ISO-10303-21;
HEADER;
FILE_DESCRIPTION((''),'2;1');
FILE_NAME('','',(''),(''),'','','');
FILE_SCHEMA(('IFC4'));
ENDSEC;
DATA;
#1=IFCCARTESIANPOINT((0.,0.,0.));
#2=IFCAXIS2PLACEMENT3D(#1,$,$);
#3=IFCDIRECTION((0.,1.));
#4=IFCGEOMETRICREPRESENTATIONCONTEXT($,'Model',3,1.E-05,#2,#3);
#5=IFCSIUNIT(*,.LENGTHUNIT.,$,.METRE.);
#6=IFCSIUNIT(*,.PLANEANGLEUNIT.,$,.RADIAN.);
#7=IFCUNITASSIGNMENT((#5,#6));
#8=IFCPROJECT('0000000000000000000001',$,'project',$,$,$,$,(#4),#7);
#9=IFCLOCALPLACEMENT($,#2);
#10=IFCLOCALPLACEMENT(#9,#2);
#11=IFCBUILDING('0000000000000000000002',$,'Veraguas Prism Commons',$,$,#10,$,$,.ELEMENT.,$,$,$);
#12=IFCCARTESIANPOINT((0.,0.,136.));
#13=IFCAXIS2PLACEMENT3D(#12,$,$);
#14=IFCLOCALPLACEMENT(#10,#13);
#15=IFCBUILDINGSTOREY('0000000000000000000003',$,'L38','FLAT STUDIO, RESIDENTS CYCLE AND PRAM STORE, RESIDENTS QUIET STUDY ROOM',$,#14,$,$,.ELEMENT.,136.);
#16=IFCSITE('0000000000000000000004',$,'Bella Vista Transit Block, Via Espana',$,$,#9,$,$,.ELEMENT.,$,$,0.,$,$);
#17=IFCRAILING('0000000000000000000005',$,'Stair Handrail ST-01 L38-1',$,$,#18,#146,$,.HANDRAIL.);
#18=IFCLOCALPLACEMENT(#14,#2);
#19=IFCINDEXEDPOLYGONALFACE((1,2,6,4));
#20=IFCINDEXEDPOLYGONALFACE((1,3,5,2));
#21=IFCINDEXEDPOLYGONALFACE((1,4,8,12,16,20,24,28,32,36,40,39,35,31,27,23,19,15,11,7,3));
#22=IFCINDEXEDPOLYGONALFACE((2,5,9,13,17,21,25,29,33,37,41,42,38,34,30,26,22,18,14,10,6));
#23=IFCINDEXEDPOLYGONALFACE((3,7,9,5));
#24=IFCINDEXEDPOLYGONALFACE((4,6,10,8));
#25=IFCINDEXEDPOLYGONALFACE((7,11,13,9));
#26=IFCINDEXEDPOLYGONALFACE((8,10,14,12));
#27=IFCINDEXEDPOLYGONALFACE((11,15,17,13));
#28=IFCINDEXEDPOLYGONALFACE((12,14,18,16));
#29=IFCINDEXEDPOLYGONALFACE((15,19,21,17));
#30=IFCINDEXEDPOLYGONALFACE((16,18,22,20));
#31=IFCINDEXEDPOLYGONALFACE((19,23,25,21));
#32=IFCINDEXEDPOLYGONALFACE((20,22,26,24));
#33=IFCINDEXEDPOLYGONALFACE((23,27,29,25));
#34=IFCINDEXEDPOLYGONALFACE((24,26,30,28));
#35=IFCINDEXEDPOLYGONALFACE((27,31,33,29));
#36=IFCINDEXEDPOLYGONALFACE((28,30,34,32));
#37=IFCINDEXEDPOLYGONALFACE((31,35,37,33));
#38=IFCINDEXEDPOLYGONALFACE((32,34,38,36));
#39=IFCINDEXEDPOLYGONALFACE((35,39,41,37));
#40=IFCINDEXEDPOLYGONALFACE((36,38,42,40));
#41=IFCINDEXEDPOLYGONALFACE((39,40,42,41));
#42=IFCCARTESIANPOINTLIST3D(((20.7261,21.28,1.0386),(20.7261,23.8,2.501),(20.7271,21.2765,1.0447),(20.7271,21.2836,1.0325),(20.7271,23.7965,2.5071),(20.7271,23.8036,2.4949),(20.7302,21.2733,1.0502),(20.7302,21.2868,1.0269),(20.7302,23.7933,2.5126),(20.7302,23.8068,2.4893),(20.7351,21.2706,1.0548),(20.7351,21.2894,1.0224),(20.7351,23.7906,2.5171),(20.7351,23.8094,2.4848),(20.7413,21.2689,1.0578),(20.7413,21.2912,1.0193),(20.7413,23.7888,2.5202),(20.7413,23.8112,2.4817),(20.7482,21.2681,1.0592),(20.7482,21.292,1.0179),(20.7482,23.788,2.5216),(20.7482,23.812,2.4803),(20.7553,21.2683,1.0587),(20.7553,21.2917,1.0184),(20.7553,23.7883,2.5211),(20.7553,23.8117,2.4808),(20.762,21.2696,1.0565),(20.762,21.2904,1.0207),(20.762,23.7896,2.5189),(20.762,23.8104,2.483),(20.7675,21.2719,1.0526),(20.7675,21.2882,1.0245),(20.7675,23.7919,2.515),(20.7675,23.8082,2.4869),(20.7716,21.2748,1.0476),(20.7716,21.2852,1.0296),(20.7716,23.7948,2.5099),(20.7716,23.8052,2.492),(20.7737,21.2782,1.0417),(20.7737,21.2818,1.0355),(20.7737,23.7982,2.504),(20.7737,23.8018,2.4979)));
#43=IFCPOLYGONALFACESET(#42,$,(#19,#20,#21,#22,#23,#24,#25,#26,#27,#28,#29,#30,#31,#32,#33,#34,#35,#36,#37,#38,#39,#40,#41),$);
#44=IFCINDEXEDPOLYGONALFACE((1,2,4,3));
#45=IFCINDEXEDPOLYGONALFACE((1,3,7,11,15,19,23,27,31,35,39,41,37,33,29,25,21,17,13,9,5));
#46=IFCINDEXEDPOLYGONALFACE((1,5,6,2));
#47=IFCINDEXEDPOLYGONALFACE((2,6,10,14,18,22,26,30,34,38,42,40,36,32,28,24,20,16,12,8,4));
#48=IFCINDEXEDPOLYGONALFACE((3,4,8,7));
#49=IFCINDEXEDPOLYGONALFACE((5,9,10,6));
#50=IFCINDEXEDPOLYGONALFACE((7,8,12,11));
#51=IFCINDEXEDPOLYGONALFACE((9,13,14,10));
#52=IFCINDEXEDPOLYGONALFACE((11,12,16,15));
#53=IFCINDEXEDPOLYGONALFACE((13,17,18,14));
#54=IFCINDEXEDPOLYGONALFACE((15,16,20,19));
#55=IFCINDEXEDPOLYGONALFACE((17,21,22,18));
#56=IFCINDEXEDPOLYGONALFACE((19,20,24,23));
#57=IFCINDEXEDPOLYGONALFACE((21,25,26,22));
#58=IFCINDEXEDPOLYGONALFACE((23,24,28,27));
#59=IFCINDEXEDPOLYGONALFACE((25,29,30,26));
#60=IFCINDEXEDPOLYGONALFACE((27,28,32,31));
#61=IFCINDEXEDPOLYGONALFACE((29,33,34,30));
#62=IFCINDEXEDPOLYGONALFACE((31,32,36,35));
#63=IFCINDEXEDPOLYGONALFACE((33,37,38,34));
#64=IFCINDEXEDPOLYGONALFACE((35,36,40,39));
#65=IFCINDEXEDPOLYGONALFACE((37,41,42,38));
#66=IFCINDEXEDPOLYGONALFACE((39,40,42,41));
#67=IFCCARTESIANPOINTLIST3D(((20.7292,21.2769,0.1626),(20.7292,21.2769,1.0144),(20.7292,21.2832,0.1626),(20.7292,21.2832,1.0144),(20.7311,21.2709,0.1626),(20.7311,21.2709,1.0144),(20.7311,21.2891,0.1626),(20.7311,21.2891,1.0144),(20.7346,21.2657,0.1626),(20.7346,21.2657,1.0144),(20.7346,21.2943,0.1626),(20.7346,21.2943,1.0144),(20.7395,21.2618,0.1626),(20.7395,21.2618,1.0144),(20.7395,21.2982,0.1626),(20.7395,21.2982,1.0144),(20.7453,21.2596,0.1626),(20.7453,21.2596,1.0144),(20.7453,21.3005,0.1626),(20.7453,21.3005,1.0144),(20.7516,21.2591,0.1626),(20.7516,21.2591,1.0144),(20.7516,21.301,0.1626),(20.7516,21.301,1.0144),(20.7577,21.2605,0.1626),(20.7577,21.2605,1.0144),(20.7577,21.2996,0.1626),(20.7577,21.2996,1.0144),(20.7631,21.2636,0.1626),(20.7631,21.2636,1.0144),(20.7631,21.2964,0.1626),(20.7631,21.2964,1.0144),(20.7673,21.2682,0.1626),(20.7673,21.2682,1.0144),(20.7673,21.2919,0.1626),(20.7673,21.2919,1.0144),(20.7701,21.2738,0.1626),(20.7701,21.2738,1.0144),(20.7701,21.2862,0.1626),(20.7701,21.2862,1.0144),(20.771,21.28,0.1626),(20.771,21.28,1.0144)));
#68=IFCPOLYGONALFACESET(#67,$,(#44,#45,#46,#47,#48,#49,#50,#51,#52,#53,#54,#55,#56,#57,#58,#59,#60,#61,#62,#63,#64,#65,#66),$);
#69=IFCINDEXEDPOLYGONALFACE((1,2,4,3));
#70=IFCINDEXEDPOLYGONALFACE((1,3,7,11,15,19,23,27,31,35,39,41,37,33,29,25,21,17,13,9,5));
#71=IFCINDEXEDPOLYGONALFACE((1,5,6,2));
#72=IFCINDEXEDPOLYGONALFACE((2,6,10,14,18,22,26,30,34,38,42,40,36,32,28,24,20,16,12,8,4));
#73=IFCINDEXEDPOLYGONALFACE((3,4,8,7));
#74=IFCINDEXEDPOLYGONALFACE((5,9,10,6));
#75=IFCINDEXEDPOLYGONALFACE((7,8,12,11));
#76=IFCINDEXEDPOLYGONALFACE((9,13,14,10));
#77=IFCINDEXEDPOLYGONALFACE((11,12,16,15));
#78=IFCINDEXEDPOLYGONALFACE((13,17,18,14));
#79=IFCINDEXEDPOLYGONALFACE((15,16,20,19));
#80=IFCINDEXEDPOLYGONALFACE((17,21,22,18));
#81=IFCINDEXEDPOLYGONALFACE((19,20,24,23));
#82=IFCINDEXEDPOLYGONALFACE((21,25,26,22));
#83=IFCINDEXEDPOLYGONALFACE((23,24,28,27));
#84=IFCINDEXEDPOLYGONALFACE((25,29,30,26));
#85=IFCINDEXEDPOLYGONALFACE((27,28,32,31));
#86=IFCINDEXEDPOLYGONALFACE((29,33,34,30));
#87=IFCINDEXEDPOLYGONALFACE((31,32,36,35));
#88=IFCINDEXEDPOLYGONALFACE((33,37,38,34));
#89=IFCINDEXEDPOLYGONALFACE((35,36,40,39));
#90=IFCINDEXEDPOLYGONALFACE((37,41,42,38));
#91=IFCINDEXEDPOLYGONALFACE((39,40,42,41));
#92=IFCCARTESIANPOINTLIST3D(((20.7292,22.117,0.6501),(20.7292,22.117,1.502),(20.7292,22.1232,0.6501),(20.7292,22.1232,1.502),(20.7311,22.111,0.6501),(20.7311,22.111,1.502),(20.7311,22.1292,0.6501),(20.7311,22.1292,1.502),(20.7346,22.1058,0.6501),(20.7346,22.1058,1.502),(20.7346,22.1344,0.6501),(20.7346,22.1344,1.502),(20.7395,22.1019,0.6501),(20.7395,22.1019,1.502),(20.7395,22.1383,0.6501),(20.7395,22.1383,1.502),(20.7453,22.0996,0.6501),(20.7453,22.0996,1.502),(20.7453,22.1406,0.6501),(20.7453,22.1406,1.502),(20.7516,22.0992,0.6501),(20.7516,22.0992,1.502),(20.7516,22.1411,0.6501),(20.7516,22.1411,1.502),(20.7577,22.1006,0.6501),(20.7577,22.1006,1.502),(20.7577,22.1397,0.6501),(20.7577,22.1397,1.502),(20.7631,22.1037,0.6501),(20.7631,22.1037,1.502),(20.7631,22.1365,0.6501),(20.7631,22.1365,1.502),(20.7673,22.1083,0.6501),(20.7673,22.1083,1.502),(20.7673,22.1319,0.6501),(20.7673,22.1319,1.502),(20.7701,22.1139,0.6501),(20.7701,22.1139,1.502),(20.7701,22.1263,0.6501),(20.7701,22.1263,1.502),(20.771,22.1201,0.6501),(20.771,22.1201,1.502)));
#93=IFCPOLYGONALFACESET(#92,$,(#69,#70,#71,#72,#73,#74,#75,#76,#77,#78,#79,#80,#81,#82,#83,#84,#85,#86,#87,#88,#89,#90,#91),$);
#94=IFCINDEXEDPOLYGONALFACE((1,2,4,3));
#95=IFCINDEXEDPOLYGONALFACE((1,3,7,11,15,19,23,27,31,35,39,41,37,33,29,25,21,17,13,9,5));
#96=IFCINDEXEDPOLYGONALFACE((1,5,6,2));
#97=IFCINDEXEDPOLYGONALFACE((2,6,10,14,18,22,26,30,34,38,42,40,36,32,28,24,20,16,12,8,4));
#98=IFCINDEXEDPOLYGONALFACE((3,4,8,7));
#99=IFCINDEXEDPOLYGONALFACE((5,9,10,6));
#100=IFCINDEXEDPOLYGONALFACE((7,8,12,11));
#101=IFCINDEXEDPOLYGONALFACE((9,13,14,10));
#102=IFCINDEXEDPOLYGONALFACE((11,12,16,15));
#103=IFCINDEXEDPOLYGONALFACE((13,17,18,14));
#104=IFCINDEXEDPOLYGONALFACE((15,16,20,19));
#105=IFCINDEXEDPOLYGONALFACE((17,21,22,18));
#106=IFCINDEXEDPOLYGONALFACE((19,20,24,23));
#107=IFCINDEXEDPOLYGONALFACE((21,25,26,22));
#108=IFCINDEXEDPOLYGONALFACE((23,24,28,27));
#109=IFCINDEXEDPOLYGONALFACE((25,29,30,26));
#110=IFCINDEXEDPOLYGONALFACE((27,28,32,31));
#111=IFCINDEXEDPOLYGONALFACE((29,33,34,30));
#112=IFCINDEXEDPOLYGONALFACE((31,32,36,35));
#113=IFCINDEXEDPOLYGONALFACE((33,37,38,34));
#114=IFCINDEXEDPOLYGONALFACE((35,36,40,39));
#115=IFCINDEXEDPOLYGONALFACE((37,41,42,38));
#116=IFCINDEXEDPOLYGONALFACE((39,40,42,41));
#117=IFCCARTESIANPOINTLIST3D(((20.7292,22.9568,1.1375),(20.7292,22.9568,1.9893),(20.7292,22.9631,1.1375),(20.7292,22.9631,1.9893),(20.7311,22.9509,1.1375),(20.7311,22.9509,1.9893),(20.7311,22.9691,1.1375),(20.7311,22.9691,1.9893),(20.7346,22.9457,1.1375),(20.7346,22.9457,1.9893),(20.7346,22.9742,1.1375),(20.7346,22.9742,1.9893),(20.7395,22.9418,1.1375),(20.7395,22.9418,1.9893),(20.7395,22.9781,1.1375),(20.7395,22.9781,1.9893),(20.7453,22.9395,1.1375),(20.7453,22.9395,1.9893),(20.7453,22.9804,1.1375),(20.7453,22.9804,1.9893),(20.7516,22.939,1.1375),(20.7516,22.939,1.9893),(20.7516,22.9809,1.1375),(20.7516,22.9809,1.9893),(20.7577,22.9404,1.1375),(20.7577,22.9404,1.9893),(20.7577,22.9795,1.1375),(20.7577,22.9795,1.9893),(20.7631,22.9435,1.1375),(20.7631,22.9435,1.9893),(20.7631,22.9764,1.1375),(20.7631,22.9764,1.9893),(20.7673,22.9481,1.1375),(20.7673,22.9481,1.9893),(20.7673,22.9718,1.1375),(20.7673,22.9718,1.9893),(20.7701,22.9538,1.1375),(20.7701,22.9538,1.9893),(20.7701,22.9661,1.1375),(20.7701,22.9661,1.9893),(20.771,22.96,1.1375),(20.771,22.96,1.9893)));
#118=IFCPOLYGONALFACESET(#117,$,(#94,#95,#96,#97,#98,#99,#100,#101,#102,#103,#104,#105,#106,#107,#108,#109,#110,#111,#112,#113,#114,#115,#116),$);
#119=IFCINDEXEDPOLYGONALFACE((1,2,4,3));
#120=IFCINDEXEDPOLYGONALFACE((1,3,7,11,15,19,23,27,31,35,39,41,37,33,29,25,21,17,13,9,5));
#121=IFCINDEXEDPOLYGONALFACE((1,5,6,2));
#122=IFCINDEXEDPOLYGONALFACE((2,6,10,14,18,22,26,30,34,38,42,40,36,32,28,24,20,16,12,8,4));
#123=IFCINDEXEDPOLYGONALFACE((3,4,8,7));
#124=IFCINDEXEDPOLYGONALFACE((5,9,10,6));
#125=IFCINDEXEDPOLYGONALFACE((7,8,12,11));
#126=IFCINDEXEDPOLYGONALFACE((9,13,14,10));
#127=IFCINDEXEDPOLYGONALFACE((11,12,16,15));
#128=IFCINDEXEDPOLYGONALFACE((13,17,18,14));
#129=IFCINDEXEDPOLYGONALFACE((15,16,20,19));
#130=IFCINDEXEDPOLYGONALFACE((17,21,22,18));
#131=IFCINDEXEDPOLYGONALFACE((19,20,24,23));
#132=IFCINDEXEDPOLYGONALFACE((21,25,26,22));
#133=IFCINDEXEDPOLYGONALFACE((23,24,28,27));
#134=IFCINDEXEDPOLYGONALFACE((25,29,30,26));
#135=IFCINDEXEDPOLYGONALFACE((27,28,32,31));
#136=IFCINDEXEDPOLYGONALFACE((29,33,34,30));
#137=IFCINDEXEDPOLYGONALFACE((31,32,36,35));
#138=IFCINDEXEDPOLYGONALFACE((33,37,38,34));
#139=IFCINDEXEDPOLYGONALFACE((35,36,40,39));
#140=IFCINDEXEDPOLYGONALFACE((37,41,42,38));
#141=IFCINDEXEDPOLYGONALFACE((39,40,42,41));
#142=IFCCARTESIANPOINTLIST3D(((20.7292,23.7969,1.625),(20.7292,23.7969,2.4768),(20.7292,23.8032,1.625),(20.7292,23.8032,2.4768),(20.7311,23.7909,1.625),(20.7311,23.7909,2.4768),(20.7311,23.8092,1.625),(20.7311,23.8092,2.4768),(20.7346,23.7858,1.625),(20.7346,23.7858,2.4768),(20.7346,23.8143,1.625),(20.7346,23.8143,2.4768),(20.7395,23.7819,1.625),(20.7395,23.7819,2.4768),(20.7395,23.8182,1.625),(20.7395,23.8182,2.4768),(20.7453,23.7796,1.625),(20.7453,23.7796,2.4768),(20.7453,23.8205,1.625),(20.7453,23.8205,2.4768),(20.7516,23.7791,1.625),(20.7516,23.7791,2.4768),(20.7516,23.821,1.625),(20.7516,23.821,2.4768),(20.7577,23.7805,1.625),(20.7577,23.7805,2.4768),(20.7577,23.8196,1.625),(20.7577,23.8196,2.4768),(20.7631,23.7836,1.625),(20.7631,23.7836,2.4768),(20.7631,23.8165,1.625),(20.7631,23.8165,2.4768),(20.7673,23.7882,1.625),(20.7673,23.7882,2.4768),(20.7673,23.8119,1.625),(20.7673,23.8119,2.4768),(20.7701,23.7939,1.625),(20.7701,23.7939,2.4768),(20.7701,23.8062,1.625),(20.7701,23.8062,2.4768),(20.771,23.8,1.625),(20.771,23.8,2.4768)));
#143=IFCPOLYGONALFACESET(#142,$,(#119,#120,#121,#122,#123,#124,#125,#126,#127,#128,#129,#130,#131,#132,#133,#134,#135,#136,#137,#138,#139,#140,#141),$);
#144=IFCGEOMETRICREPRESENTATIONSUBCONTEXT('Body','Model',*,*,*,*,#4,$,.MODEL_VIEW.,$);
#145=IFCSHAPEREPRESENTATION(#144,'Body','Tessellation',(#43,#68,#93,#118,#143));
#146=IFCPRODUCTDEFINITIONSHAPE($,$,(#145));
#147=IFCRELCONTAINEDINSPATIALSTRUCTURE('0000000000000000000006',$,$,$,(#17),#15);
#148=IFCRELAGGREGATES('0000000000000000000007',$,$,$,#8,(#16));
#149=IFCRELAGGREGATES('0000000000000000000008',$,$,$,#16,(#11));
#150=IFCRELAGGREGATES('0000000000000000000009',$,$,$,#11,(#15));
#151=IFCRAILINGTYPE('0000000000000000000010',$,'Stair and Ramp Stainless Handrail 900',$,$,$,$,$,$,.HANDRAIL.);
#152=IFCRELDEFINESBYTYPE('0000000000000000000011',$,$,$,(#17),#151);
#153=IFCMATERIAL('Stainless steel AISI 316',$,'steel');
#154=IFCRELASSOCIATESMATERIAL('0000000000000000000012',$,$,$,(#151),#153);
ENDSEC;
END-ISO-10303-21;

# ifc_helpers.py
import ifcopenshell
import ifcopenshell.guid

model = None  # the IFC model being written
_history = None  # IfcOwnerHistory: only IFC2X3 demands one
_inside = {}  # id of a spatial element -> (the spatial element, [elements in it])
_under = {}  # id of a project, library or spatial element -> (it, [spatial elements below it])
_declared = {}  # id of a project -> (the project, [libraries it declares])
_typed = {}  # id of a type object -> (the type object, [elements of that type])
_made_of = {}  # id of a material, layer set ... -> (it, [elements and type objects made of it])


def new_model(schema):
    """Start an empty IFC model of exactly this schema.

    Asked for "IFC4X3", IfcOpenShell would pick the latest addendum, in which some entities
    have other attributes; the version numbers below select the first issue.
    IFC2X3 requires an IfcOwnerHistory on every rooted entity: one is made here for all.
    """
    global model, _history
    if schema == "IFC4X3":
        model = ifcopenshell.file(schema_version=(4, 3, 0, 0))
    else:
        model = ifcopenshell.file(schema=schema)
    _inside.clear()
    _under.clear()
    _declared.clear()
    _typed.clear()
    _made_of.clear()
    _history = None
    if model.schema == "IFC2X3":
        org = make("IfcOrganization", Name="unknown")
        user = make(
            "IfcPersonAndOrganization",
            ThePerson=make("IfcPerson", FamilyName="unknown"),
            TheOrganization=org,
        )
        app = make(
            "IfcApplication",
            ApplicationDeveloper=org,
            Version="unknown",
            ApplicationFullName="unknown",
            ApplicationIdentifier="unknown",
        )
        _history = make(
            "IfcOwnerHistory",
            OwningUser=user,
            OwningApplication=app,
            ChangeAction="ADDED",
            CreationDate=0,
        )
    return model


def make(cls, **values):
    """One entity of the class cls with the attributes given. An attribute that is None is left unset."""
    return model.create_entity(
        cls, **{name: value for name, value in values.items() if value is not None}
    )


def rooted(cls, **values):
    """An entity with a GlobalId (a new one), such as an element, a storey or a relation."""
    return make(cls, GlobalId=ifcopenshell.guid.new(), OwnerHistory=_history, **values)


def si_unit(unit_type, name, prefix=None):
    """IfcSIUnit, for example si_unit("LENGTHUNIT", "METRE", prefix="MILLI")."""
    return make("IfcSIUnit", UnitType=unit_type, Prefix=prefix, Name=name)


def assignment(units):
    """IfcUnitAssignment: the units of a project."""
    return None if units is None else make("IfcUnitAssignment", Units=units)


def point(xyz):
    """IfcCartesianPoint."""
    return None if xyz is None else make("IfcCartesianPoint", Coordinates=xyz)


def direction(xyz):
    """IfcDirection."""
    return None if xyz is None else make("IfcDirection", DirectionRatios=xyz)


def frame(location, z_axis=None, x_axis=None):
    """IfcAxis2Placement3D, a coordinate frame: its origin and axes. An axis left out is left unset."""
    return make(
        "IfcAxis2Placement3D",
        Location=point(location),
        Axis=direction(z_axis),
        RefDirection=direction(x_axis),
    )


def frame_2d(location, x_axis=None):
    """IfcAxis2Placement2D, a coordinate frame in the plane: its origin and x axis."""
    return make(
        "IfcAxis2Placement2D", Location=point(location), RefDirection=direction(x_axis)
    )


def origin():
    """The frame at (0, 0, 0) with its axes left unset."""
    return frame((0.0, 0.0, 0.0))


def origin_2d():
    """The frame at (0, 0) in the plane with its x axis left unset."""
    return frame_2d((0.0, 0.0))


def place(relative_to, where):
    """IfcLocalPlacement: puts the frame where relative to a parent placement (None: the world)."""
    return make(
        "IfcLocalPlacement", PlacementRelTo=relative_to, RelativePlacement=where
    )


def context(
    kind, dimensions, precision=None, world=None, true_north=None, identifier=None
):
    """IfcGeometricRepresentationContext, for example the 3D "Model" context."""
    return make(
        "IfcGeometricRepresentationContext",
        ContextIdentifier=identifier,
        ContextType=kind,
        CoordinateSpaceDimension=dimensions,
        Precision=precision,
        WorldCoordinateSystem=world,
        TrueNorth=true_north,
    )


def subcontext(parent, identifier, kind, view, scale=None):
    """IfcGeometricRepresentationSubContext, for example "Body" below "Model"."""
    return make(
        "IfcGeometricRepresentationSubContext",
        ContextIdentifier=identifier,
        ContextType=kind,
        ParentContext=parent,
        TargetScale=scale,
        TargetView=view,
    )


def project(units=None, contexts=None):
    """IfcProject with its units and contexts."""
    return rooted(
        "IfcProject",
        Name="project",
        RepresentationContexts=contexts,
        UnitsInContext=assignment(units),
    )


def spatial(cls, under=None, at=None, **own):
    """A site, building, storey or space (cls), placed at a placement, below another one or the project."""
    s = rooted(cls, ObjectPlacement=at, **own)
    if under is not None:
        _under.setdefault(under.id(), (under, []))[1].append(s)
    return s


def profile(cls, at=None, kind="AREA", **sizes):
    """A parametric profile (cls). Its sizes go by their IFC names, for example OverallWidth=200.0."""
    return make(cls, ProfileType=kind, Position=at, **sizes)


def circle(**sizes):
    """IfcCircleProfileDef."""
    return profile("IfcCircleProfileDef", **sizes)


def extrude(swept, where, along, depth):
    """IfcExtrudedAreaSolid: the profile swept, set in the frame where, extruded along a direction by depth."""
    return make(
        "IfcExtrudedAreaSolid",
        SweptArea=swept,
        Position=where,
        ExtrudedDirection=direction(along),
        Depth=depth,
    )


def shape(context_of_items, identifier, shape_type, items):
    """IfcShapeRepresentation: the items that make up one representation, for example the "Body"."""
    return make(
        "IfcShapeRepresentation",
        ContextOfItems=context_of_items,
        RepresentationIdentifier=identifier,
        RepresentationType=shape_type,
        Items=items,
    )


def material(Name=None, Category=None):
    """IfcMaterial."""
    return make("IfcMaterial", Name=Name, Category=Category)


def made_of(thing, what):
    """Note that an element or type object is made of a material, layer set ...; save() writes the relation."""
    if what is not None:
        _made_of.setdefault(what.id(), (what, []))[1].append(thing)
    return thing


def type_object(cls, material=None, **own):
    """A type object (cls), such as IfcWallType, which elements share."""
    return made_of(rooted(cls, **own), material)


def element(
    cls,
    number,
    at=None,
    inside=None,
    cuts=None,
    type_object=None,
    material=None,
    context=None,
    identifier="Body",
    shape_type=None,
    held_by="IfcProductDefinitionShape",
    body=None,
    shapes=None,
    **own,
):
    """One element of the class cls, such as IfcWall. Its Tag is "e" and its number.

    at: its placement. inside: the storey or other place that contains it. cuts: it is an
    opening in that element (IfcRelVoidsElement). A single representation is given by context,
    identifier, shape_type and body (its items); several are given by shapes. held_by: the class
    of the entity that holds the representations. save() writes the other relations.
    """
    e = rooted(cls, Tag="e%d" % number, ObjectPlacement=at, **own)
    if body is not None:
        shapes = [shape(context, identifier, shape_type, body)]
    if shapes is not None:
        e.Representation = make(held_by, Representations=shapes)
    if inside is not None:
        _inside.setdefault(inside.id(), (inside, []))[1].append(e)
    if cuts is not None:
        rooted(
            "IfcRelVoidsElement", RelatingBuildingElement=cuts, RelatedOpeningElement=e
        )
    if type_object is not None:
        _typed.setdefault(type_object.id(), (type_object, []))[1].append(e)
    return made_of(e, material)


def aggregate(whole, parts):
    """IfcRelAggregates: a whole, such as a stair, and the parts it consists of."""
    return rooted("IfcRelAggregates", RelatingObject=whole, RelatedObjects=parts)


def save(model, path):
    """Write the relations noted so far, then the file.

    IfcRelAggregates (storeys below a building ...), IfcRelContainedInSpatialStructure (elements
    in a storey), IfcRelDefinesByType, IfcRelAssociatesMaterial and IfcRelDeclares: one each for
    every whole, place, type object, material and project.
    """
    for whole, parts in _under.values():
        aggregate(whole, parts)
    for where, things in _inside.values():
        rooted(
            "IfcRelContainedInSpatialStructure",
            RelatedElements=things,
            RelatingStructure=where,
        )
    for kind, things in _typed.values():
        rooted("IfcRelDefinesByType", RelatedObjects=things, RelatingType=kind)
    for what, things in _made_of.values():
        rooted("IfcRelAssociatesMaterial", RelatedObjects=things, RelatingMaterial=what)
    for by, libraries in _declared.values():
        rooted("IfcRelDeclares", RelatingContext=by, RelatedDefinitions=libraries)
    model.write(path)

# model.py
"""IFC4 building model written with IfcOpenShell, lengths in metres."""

from ifc_helpers import new_model, si_unit, direction, frame, origin, origin_2d, place, context, subcontext, project, spatial, circle, extrude, material, type_object, element, save


model = new_model("IFC4")

# Units and contexts
model_context = context("Model", 3, precision=1e-05, world=origin(), true_north=direction((0.0, 1.0)))
body_context = subcontext(model_context, "Body", "Model", "MODEL_VIEW")
ifc_project = project(units=[si_unit("LENGTHUNIT", "METRE"), si_unit("PLANEANGLEUNIT", "RADIAN")], contexts=[model_context])

# Site, building, storey
site_placement = place(None, origin())
site = spatial("IfcSite", under=ifc_project, at=site_placement, Name="Bella Vista Transit Block, Via Espana", CompositionType="ELEMENT", RefElevation=0.0)
building_placement = place(site_placement, origin())
building = spatial("IfcBuilding", under=site, at=building_placement, Name="Veraguas Prism Commons", CompositionType="ELEMENT")
storey_placement = place(building_placement, frame((0.0, 0.0, 136.0)))
storey = spatial("IfcBuildingStorey", under=building, at=storey_placement, Name="L38", Description="FLAT STUDIO, RESIDENTS CYCLE AND PRAM STORE, RESIDENTS QUIET STUDY ROOM", CompositionType="ELEMENT", Elevation=136.0)

# Railing
ifc_material_1 = material(Name="Stainless steel AISI 316", Category="steel")
railing_type_1 = type_object("IfcRailingType", Name="Stair and Ramp Stainless Handrail 900", PredefinedType="HANDRAIL", material=ifc_material_1)
railing_1_placement = place(storey_placement, frame((20.75, 21.28, 0.1626)))
element("IfcRailing", 1, at=railing_1_placement, inside=storey, type_object=railing_type_1, Name="Stair Handrail ST-01 L38-1", PredefinedType="HANDRAIL", context=body_context, shape_type="SweptSolid", body=[
    extrude(circle(Radius=0.0239, at=origin_2d()), frame((0.0, 0.0, 0.876), z_axis=(0.0, 0.864913, 0.501921), x_axis=(-1.0, 0.0, 0.0)), (0.0, 0.0, 1.0), 2.9136),
    extrude(circle(Radius=0.021, at=origin_2d()), origin(), (0.0, 0.0, 1.0), 0.8518),
    extrude(circle(Radius=0.021, at=origin_2d()), frame((0.0, 0.8401, 0.4875)), (0.0, 0.0, 1.0), 0.8518),
    extrude(circle(Radius=0.021, at=origin_2d()), frame((0.0, 1.6799, 0.9749)), (0.0, 0.0, 1.0), 0.8518),
    extrude(circle(Radius=0.021, at=origin_2d()), frame((0.0, 2.52, 1.4624)), (0.0, 0.0, 1.0), 0.8518),
])

save(model, "model.ifc")
